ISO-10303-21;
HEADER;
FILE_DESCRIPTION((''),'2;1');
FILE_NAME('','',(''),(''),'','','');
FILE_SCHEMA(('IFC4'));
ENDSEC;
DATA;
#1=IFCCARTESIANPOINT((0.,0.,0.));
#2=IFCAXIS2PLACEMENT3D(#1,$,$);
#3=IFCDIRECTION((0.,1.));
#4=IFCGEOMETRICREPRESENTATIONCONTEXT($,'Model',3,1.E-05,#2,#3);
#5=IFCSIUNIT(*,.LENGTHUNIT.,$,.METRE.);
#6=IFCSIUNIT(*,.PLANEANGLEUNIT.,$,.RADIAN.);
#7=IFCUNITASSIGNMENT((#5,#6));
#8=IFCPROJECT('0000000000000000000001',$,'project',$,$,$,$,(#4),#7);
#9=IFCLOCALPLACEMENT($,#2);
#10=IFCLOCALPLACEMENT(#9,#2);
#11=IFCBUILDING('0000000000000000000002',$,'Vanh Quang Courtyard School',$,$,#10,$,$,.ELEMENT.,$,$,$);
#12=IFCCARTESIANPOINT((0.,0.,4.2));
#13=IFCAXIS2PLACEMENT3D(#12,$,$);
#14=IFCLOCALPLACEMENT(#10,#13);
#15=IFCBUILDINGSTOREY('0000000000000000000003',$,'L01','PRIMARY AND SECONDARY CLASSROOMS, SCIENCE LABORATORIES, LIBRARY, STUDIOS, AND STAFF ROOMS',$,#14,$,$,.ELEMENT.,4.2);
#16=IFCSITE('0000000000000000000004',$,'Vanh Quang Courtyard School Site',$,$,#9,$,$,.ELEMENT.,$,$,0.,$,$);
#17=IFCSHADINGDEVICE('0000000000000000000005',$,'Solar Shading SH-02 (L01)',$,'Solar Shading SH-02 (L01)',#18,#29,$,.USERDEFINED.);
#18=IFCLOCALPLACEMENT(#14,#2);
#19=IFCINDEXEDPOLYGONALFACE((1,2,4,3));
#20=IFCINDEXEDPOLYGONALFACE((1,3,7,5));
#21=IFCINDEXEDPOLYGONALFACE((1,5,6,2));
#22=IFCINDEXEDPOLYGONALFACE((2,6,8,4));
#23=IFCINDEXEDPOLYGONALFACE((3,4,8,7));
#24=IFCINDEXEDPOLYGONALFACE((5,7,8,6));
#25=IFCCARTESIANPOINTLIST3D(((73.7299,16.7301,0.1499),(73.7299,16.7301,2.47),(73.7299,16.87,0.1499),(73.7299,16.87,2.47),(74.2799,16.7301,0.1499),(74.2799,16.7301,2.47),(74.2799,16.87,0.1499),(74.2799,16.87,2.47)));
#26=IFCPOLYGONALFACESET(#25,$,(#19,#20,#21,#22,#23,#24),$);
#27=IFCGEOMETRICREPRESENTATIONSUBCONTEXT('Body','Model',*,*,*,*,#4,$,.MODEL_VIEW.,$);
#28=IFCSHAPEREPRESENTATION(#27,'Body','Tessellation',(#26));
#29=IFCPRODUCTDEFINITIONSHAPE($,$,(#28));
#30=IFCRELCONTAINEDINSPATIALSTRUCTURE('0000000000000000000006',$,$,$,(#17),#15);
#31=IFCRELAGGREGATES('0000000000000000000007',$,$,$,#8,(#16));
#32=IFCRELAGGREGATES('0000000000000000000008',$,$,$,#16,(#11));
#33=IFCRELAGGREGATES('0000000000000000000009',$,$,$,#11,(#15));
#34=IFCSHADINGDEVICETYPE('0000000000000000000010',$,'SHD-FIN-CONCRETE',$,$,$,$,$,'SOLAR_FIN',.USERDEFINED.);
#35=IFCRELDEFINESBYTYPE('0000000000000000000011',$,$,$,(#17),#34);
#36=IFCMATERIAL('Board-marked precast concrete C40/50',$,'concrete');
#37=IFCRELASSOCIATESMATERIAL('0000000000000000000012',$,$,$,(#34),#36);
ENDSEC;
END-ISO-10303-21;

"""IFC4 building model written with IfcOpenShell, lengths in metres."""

from ifc_helpers import new_model, si_unit, direction, frame, origin, origin_2d, place, context, subcontext, project, spatial, rectangle, extrude, material, type_object, element, save


model = new_model("IFC4")

# Units and contexts
model_context = context("Model", 3, precision=1e-05, world=origin(), true_north=direction((0.0, 1.0)))
body_context = subcontext(model_context, "Body", "Model", "MODEL_VIEW")
ifc_project = project(units=[si_unit("LENGTHUNIT", "METRE"), si_unit("PLANEANGLEUNIT", "RADIAN")], contexts=[model_context])

# Site, building, storey
site_placement = place(None, origin())
site = spatial("IfcSite", under=ifc_project, at=site_placement, Name="Vanh Quang Courtyard School Site", CompositionType="ELEMENT", RefElevation=0.0)
building_placement = place(site_placement, origin())
building = spatial("IfcBuilding", under=site, at=building_placement, Name="Vanh Quang Courtyard School", CompositionType="ELEMENT")
storey_placement = place(building_placement, frame((0.0, 0.0, 4.2)))
storey = spatial("IfcBuildingStorey", under=building, at=storey_placement, Name="L01", Description="PRIMARY AND SECONDARY CLASSROOMS, SCIENCE LABORATORIES, LIBRARY, STUDIOS, AND STAFF ROOMS", CompositionType="ELEMENT", Elevation=4.2)

# Shading device
ifc_material_1 = material(Name="Board-marked precast concrete C40/50", Category="concrete")
shading_device_type = type_object("IfcShadingDeviceType", Name="SHD-FIN-CONCRETE", ElementType="SOLAR_FIN", PredefinedType="USERDEFINED", material=ifc_material_1)
shading_device_placement = place(storey_placement, frame((74.0049, 16.8, 0.1499), z_axis=(0.0, 0.0, 1.0), x_axis=(0.0, 1.0, 0.0)))
element("IfcShadingDevice", 1, at=shading_device_placement, inside=storey, type_object=shading_device_type, Name="Solar Shading SH-02 (L01)", ObjectType="Solar Shading SH-02 (L01)", PredefinedType="USERDEFINED", context=body_context, shape_type="SweptSolid", body=[
    extrude(rectangle(XDim=0.1399, YDim=0.55, at=origin_2d()), origin(), (0.0, 0.0, 1.0), 2.3201),
])

save(model, "model.ifc")
